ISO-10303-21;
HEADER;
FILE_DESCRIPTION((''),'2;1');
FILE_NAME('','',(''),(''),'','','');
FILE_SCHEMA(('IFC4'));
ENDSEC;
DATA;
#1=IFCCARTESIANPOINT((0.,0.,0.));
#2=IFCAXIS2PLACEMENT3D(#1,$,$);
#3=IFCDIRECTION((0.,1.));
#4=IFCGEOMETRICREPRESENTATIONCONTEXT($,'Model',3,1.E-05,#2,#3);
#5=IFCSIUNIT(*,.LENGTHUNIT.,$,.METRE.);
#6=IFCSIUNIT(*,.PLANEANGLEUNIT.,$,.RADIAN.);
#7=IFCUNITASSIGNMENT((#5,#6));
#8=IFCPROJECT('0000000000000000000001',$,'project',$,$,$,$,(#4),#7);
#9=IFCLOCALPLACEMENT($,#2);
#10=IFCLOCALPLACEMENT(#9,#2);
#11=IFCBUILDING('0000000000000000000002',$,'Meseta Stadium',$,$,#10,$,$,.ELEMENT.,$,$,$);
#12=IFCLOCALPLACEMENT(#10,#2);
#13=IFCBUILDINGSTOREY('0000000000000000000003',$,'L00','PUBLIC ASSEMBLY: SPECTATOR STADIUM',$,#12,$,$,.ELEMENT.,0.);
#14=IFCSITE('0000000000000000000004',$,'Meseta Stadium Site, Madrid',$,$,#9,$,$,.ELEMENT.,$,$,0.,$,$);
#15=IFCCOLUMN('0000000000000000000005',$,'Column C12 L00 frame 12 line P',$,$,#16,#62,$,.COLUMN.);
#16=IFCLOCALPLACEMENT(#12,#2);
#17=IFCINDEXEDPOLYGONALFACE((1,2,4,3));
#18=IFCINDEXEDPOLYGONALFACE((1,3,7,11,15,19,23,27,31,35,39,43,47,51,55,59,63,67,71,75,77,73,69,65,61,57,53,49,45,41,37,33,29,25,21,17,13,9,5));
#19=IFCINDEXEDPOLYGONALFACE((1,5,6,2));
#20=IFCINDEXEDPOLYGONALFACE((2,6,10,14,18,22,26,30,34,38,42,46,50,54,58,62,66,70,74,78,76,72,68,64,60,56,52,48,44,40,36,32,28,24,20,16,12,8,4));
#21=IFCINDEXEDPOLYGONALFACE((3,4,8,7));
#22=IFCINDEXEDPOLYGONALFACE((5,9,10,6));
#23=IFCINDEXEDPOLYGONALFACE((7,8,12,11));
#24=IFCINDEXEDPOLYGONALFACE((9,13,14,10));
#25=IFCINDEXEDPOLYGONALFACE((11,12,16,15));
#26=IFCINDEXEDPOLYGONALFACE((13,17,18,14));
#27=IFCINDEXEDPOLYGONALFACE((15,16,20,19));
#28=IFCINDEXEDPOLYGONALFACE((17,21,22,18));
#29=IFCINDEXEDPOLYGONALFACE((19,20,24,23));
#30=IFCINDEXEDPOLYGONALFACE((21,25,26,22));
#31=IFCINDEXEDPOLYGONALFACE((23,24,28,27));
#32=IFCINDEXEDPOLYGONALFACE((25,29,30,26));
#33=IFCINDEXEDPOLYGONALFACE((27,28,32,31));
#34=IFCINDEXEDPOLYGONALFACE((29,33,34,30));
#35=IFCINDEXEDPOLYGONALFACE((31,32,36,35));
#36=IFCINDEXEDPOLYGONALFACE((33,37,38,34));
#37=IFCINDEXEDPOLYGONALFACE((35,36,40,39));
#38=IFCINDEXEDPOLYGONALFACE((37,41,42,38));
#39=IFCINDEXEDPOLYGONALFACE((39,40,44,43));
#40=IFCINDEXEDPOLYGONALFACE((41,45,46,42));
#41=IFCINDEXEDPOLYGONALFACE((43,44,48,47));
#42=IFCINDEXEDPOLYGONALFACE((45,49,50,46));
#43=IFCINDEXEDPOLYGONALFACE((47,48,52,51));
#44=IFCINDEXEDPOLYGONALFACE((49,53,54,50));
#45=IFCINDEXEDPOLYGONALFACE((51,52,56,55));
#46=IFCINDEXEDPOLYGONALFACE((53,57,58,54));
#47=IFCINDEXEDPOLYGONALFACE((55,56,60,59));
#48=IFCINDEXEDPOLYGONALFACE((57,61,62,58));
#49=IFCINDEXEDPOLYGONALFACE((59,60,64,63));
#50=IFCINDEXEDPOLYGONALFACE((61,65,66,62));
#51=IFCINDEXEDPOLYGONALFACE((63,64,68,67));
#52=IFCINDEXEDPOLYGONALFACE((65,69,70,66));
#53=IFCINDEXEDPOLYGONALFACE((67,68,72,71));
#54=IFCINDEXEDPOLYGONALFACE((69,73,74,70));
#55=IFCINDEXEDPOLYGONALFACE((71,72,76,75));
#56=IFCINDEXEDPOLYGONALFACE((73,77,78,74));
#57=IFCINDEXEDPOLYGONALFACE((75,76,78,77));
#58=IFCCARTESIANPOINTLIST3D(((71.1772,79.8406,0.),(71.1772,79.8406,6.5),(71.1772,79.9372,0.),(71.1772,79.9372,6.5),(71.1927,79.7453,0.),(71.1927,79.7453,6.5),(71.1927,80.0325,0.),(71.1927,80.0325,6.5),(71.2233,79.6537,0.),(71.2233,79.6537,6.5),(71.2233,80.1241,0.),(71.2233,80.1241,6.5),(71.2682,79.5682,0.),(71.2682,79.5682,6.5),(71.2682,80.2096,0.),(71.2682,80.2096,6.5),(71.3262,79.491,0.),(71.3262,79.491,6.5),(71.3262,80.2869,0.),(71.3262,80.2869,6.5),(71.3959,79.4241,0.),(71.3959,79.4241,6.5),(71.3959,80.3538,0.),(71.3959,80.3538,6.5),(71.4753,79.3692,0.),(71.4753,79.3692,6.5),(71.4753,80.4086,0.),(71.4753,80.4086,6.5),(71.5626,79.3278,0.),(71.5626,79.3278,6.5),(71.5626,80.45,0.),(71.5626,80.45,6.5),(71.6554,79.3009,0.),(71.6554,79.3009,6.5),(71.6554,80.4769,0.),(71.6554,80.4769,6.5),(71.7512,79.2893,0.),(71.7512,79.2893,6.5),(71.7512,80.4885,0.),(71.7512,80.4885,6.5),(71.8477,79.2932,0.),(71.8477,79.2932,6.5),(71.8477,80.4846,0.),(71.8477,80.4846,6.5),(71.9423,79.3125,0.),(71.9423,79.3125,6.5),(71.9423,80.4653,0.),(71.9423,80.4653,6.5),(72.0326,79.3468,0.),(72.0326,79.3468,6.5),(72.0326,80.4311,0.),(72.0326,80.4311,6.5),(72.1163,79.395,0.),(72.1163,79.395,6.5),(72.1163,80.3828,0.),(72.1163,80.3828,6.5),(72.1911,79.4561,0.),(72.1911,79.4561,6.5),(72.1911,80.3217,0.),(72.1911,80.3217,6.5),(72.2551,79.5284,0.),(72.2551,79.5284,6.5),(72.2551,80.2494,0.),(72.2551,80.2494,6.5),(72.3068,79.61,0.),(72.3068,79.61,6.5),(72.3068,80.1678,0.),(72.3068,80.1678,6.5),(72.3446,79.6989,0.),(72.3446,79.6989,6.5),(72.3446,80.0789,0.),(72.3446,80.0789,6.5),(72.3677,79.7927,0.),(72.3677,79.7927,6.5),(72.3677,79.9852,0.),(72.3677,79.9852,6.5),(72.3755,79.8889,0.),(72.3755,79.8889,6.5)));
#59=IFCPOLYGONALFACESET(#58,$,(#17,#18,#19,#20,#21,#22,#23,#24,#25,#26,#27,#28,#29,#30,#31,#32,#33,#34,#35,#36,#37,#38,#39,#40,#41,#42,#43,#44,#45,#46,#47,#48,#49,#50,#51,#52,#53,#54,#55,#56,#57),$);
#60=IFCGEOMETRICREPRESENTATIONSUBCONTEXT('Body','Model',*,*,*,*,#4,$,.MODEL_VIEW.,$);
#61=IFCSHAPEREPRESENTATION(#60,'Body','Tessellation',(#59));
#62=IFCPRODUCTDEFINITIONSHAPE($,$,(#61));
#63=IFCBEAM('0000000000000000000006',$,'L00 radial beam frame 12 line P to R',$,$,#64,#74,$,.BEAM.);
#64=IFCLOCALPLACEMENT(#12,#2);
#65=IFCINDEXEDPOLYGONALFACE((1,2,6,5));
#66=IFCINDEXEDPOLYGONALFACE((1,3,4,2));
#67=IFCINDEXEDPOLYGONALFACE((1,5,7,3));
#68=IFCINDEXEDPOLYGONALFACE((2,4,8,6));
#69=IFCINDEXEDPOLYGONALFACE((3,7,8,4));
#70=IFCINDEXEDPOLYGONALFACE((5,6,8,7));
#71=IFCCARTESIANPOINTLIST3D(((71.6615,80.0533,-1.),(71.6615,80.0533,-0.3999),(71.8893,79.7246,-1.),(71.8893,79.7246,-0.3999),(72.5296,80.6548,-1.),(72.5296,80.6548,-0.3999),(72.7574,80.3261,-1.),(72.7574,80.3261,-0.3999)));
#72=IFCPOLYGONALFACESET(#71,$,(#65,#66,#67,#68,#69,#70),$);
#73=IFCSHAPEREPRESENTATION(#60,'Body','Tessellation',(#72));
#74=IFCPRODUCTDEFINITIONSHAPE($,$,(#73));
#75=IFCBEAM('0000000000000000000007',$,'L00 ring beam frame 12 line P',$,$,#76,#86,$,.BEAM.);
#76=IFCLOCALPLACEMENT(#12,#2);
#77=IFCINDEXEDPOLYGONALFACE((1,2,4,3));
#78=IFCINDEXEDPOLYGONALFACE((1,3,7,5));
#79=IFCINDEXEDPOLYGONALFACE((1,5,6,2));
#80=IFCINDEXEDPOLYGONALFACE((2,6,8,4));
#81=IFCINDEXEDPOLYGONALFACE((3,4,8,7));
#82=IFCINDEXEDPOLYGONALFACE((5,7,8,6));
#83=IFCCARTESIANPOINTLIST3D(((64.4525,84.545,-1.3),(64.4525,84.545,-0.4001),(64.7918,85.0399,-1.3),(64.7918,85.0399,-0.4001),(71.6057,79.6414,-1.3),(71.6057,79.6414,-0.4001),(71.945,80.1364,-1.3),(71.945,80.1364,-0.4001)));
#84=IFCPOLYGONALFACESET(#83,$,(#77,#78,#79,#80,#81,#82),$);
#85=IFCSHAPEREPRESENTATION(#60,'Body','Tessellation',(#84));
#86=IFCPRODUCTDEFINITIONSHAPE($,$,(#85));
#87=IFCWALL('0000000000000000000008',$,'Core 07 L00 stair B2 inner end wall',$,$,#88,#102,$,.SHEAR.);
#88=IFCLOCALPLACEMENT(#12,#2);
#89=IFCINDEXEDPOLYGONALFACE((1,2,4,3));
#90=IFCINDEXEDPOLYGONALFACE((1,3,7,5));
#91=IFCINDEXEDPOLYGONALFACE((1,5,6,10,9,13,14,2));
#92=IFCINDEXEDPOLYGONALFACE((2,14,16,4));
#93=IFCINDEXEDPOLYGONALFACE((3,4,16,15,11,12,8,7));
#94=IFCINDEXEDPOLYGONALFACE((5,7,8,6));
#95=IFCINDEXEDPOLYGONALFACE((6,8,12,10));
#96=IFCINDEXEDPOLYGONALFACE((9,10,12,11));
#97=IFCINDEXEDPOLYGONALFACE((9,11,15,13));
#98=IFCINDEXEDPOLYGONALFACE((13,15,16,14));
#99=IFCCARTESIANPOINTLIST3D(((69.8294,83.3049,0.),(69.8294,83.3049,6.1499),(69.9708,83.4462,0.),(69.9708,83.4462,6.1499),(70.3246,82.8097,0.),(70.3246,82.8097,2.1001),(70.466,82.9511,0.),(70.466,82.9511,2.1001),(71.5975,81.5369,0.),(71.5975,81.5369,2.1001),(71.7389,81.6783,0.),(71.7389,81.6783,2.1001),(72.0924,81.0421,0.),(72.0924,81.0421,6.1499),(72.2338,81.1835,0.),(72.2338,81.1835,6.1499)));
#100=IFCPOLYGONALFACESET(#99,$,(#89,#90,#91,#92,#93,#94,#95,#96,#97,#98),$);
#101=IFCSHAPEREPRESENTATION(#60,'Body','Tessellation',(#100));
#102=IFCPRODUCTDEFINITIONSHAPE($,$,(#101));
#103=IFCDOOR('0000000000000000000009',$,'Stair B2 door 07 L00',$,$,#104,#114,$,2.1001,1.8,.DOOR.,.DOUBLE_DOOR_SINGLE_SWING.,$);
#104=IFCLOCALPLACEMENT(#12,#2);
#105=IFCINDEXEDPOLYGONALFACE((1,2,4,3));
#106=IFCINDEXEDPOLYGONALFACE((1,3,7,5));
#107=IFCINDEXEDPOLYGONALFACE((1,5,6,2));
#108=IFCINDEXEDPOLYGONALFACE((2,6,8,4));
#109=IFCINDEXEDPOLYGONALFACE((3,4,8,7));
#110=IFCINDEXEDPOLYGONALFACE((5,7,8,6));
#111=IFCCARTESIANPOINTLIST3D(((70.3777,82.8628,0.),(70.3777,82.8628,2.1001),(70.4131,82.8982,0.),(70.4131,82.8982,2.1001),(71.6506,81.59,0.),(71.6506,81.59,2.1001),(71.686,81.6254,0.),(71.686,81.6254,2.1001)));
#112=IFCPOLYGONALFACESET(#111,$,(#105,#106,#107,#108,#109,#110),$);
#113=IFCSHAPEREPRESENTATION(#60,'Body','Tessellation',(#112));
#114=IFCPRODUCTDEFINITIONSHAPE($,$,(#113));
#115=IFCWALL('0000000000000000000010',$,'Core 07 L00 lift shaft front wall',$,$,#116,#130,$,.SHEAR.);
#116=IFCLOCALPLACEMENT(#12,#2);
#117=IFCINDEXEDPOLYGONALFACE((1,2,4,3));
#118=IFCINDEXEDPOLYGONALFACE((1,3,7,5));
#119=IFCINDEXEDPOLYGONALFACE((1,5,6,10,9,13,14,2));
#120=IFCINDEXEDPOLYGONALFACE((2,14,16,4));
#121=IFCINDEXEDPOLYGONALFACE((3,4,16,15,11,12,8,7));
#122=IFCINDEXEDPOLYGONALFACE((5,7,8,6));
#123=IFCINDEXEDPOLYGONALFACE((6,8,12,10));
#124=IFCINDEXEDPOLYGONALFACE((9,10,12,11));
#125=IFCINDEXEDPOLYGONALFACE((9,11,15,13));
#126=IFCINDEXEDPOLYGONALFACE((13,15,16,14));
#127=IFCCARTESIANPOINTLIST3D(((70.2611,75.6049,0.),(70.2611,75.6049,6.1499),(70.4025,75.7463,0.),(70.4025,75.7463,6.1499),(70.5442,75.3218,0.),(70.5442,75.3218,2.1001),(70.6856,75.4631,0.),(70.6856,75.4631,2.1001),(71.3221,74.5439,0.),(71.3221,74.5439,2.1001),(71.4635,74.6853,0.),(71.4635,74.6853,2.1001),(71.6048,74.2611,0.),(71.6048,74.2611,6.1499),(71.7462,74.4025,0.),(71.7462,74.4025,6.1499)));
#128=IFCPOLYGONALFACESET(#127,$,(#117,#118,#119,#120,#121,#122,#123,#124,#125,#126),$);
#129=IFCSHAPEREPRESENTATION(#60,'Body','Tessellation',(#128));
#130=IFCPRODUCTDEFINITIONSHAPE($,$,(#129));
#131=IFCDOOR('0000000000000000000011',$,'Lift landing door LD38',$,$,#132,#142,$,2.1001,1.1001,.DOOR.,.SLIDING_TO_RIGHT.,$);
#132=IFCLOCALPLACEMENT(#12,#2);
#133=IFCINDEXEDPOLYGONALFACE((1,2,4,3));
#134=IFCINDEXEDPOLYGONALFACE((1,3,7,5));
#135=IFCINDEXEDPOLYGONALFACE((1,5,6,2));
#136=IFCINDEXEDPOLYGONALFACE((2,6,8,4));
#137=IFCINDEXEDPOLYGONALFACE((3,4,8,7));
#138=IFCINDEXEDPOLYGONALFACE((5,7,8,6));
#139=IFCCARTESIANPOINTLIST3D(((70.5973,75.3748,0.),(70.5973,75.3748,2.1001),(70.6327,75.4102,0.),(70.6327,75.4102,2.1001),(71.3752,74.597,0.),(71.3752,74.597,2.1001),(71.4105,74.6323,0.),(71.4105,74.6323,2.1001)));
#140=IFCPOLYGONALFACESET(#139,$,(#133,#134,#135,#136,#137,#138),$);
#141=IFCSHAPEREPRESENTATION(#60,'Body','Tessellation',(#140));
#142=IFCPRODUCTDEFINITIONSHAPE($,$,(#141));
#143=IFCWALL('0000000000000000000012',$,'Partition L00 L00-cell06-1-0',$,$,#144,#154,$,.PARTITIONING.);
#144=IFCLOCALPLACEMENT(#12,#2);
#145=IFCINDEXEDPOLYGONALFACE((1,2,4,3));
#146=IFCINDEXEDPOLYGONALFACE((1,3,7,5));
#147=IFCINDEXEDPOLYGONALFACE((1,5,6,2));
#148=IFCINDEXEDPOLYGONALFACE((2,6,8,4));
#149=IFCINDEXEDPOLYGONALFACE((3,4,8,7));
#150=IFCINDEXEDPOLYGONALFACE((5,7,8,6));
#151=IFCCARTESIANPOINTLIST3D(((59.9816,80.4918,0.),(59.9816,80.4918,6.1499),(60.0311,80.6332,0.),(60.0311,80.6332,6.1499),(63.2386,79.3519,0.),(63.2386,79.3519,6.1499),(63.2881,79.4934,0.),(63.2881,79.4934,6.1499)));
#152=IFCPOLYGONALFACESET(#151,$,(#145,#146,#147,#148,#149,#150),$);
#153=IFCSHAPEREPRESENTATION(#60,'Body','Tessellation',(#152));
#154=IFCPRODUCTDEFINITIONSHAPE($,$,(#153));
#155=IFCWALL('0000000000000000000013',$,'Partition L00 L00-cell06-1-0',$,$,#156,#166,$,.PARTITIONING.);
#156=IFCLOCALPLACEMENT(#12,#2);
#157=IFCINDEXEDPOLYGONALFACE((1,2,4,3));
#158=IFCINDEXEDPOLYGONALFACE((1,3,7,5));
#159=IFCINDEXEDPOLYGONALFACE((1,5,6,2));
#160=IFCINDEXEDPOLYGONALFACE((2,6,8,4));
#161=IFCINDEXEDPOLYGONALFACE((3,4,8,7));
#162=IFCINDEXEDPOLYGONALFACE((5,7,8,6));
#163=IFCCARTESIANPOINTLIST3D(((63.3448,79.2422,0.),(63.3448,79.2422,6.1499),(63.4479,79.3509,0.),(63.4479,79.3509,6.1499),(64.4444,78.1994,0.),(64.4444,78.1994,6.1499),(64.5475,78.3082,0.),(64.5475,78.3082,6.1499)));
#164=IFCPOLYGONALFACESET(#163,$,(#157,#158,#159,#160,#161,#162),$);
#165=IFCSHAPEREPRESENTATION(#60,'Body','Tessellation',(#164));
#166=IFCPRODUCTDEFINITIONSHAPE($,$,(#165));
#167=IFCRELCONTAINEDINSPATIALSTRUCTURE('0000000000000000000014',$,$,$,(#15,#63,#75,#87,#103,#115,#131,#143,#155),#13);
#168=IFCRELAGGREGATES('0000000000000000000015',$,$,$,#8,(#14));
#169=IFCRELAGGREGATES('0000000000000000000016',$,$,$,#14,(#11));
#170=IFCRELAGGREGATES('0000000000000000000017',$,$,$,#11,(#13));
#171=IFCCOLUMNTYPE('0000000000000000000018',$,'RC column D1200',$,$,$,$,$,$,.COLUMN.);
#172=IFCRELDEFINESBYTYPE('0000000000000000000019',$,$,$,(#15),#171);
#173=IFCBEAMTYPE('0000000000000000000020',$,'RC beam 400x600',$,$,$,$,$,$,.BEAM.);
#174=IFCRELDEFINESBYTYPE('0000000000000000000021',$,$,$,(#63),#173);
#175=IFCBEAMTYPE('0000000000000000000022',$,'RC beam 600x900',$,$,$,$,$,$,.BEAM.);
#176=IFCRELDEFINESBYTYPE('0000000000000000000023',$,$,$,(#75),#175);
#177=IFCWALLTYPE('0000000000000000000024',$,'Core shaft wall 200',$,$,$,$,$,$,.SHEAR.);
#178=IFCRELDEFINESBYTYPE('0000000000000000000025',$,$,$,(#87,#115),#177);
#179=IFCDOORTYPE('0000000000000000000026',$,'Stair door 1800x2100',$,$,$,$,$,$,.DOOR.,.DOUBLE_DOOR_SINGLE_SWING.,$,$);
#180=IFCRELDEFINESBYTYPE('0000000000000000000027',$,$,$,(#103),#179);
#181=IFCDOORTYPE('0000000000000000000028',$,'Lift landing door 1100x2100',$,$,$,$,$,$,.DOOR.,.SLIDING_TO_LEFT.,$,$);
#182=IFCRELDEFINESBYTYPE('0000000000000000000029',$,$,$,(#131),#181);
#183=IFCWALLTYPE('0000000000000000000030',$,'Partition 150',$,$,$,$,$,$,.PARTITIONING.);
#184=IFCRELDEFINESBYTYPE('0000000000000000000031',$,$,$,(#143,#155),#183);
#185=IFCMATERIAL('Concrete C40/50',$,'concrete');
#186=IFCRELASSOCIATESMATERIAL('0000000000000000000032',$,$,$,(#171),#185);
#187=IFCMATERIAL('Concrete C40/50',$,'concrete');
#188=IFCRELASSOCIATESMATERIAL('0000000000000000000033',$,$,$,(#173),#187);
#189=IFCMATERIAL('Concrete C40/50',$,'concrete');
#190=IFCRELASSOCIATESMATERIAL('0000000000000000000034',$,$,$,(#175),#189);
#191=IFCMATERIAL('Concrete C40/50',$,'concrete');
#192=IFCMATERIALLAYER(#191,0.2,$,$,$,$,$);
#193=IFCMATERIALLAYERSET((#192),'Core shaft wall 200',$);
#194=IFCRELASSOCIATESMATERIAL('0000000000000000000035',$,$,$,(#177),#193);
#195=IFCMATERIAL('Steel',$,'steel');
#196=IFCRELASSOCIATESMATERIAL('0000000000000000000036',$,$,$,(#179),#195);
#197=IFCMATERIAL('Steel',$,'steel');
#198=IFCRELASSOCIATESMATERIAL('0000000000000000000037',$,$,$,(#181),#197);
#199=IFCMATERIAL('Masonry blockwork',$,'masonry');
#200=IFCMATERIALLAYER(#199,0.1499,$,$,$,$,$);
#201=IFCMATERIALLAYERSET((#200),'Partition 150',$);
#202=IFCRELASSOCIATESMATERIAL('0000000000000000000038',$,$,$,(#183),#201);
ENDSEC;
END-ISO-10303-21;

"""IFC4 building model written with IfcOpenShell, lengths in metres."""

from ifc_helpers import new_model, si_unit, direction, frame, frame_2d, origin, origin_2d, place, context, subcontext, project, spatial, rectangle, circle, extrude, material, layer, layer_set, material_profile, profile_set, type_object, element, fill, save


model = new_model("IFC4")

# Units and contexts
model_context = context("Model", 3, precision=1e-05, world=origin(), true_north=direction((0.0, 1.0)))
body_context = subcontext(model_context, "Body", "Model", "MODEL_VIEW")
ifc_project = project(units=[si_unit("LENGTHUNIT", "METRE"), si_unit("PLANEANGLEUNIT", "RADIAN")], contexts=[model_context])

# Site, building, storey
site_placement = place(None, origin())
site = spatial("IfcSite", under=ifc_project, at=site_placement, Name="Meseta Stadium Site, Madrid", CompositionType="ELEMENT", RefElevation=0.0)
building_placement = place(site_placement, origin())
building = spatial("IfcBuilding", under=site, at=building_placement, Name="Meseta Stadium", CompositionType="ELEMENT")
storey_placement = place(building_placement, origin())
storey = spatial("IfcBuildingStorey", under=building, at=storey_placement, Name="L00", Description="PUBLIC ASSEMBLY: SPECTATOR STADIUM", CompositionType="ELEMENT", Elevation=0.0)

# Column
ifc_material_1 = material(Name="Concrete C40/50", Category="concrete")
ifc_material_profile_1 = material_profile(ifc_material_1, circle(Radius=0.6001, at=origin_2d()), Name="RC D1200")
ifc_profile_set_1 = profile_set([ifc_material_profile_1], Name="Concrete C40/50")
column_type = type_object("IfcColumnType", Name="RC column D1200", PredefinedType="COLUMN", material=ifc_profile_set_1)
column_placement = place(storey_placement, frame((71.7754, 79.8889, 0.0), z_axis=(0.0, 0.0, 1.0), x_axis=(1.0, 0.0, 0.0)))
element("IfcColumn", 1, at=column_placement, inside=storey, type_object=column_type, Name="Column C12 L00 frame 12 line P", PredefinedType="COLUMN", context=body_context, shape_type="SweptSolid", body=[
    extrude(circle(Radius=0.6001, at=origin_2d()), origin(), (0.0, 0.0, 1.0), 6.5),
])

# Beams
ifc_material_2 = material(Name="Concrete C40/50", Category="concrete")
ifc_material_profile_2 = material_profile(ifc_material_2, rectangle(XDim=0.3999, YDim=0.6001, at=origin_2d()), Name="RC 400x600")
ifc_profile_set_2 = profile_set([ifc_material_profile_2], Name="Concrete C40/50")
beam_type_1 = type_object("IfcBeamType", Name="RC beam 400x600", PredefinedType="BEAM", material=ifc_profile_set_2)
beam_1_placement = place(storey_placement, frame((71.7754, 79.8889, -0.7), z_axis=(0.821959, 0.569546, 0.0), x_axis=(-0.569546, 0.821959, 0.0)))
element("IfcBeam", 2, at=beam_1_placement, inside=storey, type_object=beam_type_1, Name="L00 radial beam frame 12 line P to R", PredefinedType="BEAM", context=body_context, shape_type="SweptSolid", body=[
    extrude(rectangle(XDim=0.3999, YDim=0.6001, at=origin_2d()), origin(), (0.0, 0.0, 1.0), 1.0562),
])
ifc_material_3 = material(Name="Concrete C40/50", Category="concrete")
ifc_material_profile_3 = material_profile(ifc_material_3, rectangle(XDim=0.6001, YDim=0.8999, at=origin_2d()), Name="RC 600x900")
ifc_profile_set_3 = profile_set([ifc_material_profile_3], Name="Concrete C40/50")
beam_type_2 = type_object("IfcBeamType", Name="RC beam 600x900", PredefinedType="BEAM", material=ifc_profile_set_3)
beam_2_placement = place(storey_placement, frame((71.7754, 79.8889, -0.8501), z_axis=(-0.824813, 0.565405, 0.0), x_axis=(-0.565405, -0.824813, 0.0)))
element("IfcBeam", 3, at=beam_2_placement, inside=storey, type_object=beam_type_2, Name="L00 ring beam frame 12 line P", PredefinedType="BEAM", context=body_context, shape_type="SweptSolid", body=[
    extrude(rectangle(XDim=0.6001, YDim=0.8999, at=origin_2d()), origin(), (0.0, 0.0, 1.0), 8.6726),
])

# Walls, openings, doors
ifc_material_4 = material(Name="Concrete C40/50", Category="concrete")
ifc_layer_1 = layer(ifc_material_4, 0.2)
ifc_layer_set_1 = layer_set([ifc_layer_1], Name="Core shaft wall 200")
wall_type_1 = type_object("IfcWallType", Name="Core shaft wall 200", PredefinedType="SHEAR", material=ifc_layer_set_1)
wall_1_placement = place(storey_placement, frame((72.1631, 81.1128, 0.0), z_axis=(0.0, 0.0, 1.0), x_axis=(-0.707145, 0.707069, 0.0)))
wall_1 = element("IfcWall", 4, at=wall_1_placement, inside=storey, type_object=wall_type_1, Name="Core 07 L00 stair B2 inner end wall", PredefinedType="SHEAR", context=body_context, shape_type="SweptSolid", body=[
    extrude(rectangle(XDim=3.2002, YDim=0.2, at=frame_2d((1.6001, 0.0))), origin(), (0.0, 0.0, 1.0), 6.1499),
])
opening_1_placement = place(wall_1_placement, frame((0.7, 0.0, 0.0)))
opening_1 = element("IfcOpeningElement", 5, at=opening_1_placement, cuts=wall_1, PredefinedType="OPENING", context=body_context, shape_type="SweptSolid", body=[
    extrude(rectangle(XDim=1.8, YDim=2.1001, at=frame_2d((0.8999, 1.05))), frame((0.0, 0.1099, 0.0), z_axis=(0.0, -1.0, 0.0), x_axis=(1.0, 0.0, 0.0)), (0.0, 0.0, 1.0), 0.22),
])
ifc_material_5 = material(Name="Steel", Category="steel")
door_type_1 = type_object("IfcDoorType", Name="Stair door 1800x2100", OperationType="DOUBLE_DOOR_SINGLE_SWING", PredefinedType="DOOR", material=ifc_material_5)
door_1_placement = place(opening_1_placement, origin())
door_1 = element("IfcDoor", 6, at=door_1_placement, inside=storey, type_object=door_type_1, Name="Stair B2 door 07 L00", OperationType="DOUBLE_DOOR_SINGLE_SWING", OverallHeight=2.1001, OverallWidth=1.8, PredefinedType="DOOR", context=body_context, shape_type="SweptSolid", body=[
    extrude(rectangle(XDim=1.8, YDim=2.1001, at=frame_2d((0.8999, 1.05))), frame((0.0, 0.0249, 0.0), z_axis=(0.0, -1.0, 0.0), x_axis=(1.0, 0.0, 0.0)), (0.0, 0.0, 1.0), 0.05),
])
fill(opening_1, door_1)
wall_2_placement = place(storey_placement, frame((71.6755, 74.3318, 0.0), z_axis=(0.0, 0.0, 1.0), x_axis=(-0.707107, 0.707107, 0.0)))
wall_2 = element("IfcWall", 7, at=wall_2_placement, inside=storey, type_object=wall_type_1, Name="Core 07 L00 lift shaft front wall", PredefinedType="SHEAR", context=body_context, shape_type="SweptSolid", body=[
    extrude(rectangle(XDim=1.9004, YDim=0.2, at=frame_2d((0.9502, 0.0))), origin(), (0.0, 0.0, 1.0), 6.1499),
])
opening_2_placement = place(wall_2_placement, frame((0.3999, 0.0, 0.0)))
opening_2 = element("IfcOpeningElement", 8, at=opening_2_placement, cuts=wall_2, PredefinedType="OPENING", context=body_context, shape_type="SweptSolid", body=[
    extrude(rectangle(XDim=1.1001, YDim=2.1001, at=frame_2d((0.55, 1.05))), frame((0.0, 0.1099, 0.0), z_axis=(0.0, -1.0, 0.0), x_axis=(1.0, 0.0, 0.0)), (0.0, 0.0, 1.0), 0.22),
])
ifc_material_6 = material(Name="Steel", Category="steel")
door_type_2 = type_object("IfcDoorType", Name="Lift landing door 1100x2100", OperationType="SLIDING_TO_LEFT", PredefinedType="DOOR", material=ifc_material_6)
door_2_placement = place(opening_2_placement, origin())
door_2 = element("IfcDoor", 9, at=door_2_placement, inside=storey, type_object=door_type_2, Name="Lift landing door LD38", OperationType="SLIDING_TO_RIGHT", OverallHeight=2.1001, OverallWidth=1.1001, PredefinedType="DOOR", context=body_context, shape_type="SweptSolid", body=[
    extrude(rectangle(XDim=1.1001, YDim=2.1001, at=frame_2d((0.55, 1.05))), frame((0.0, 0.0249, 0.0), z_axis=(0.0, -1.0, 0.0), x_axis=(1.0, 0.0, 0.0)), (0.0, 0.0, 1.0), 0.05),
])
fill(opening_2, door_2)

# Walls
ifc_material_7 = material(Name="Masonry blockwork", Category="masonry")
ifc_layer_2 = layer(ifc_material_7, 0.1499)
ifc_layer_set_2 = layer_set([ifc_layer_2], Name="Partition 150")
wall_type_2 = type_object("IfcWallType", Name="Partition 150", PredefinedType="PARTITIONING", material=ifc_layer_set_2)
wall_3_placement = place(storey_placement, frame((60.0063, 80.5625, 0.0), z_axis=(0.0, 0.0, 1.0), x_axis=(0.943866, -0.330328, 0.0)))
element("IfcWall", 10, at=wall_3_placement, inside=storey, type_object=wall_type_2, Name="Partition L00 L00-cell06-1-0", PredefinedType="PARTITIONING", context=body_context, shape_type="SweptSolid", body=[
    extrude(rectangle(XDim=3.4507, YDim=0.1499, at=frame_2d((1.7253, 0.0))), origin(), (0.0, 0.0, 1.0), 6.1499),
])
wall_4_placement = place(storey_placement, frame((63.3962, 79.2966, 0.0), z_axis=(0.0, 0.0, 1.0), x_axis=(0.725627, -0.688089, 0.0)))
element("IfcWall", 11, at=wall_4_placement, inside=storey, type_object=wall_type_2, Name="Partition L00 L00-cell06-1-0", PredefinedType="PARTITIONING", context=body_context, shape_type="SweptSolid", body=[
    extrude(rectangle(XDim=1.5154, YDim=0.1499, at=frame_2d((0.7578, 0.0))), origin(), (0.0, 0.0, 1.0), 6.1499),
])

save(model, "model.ifc")
